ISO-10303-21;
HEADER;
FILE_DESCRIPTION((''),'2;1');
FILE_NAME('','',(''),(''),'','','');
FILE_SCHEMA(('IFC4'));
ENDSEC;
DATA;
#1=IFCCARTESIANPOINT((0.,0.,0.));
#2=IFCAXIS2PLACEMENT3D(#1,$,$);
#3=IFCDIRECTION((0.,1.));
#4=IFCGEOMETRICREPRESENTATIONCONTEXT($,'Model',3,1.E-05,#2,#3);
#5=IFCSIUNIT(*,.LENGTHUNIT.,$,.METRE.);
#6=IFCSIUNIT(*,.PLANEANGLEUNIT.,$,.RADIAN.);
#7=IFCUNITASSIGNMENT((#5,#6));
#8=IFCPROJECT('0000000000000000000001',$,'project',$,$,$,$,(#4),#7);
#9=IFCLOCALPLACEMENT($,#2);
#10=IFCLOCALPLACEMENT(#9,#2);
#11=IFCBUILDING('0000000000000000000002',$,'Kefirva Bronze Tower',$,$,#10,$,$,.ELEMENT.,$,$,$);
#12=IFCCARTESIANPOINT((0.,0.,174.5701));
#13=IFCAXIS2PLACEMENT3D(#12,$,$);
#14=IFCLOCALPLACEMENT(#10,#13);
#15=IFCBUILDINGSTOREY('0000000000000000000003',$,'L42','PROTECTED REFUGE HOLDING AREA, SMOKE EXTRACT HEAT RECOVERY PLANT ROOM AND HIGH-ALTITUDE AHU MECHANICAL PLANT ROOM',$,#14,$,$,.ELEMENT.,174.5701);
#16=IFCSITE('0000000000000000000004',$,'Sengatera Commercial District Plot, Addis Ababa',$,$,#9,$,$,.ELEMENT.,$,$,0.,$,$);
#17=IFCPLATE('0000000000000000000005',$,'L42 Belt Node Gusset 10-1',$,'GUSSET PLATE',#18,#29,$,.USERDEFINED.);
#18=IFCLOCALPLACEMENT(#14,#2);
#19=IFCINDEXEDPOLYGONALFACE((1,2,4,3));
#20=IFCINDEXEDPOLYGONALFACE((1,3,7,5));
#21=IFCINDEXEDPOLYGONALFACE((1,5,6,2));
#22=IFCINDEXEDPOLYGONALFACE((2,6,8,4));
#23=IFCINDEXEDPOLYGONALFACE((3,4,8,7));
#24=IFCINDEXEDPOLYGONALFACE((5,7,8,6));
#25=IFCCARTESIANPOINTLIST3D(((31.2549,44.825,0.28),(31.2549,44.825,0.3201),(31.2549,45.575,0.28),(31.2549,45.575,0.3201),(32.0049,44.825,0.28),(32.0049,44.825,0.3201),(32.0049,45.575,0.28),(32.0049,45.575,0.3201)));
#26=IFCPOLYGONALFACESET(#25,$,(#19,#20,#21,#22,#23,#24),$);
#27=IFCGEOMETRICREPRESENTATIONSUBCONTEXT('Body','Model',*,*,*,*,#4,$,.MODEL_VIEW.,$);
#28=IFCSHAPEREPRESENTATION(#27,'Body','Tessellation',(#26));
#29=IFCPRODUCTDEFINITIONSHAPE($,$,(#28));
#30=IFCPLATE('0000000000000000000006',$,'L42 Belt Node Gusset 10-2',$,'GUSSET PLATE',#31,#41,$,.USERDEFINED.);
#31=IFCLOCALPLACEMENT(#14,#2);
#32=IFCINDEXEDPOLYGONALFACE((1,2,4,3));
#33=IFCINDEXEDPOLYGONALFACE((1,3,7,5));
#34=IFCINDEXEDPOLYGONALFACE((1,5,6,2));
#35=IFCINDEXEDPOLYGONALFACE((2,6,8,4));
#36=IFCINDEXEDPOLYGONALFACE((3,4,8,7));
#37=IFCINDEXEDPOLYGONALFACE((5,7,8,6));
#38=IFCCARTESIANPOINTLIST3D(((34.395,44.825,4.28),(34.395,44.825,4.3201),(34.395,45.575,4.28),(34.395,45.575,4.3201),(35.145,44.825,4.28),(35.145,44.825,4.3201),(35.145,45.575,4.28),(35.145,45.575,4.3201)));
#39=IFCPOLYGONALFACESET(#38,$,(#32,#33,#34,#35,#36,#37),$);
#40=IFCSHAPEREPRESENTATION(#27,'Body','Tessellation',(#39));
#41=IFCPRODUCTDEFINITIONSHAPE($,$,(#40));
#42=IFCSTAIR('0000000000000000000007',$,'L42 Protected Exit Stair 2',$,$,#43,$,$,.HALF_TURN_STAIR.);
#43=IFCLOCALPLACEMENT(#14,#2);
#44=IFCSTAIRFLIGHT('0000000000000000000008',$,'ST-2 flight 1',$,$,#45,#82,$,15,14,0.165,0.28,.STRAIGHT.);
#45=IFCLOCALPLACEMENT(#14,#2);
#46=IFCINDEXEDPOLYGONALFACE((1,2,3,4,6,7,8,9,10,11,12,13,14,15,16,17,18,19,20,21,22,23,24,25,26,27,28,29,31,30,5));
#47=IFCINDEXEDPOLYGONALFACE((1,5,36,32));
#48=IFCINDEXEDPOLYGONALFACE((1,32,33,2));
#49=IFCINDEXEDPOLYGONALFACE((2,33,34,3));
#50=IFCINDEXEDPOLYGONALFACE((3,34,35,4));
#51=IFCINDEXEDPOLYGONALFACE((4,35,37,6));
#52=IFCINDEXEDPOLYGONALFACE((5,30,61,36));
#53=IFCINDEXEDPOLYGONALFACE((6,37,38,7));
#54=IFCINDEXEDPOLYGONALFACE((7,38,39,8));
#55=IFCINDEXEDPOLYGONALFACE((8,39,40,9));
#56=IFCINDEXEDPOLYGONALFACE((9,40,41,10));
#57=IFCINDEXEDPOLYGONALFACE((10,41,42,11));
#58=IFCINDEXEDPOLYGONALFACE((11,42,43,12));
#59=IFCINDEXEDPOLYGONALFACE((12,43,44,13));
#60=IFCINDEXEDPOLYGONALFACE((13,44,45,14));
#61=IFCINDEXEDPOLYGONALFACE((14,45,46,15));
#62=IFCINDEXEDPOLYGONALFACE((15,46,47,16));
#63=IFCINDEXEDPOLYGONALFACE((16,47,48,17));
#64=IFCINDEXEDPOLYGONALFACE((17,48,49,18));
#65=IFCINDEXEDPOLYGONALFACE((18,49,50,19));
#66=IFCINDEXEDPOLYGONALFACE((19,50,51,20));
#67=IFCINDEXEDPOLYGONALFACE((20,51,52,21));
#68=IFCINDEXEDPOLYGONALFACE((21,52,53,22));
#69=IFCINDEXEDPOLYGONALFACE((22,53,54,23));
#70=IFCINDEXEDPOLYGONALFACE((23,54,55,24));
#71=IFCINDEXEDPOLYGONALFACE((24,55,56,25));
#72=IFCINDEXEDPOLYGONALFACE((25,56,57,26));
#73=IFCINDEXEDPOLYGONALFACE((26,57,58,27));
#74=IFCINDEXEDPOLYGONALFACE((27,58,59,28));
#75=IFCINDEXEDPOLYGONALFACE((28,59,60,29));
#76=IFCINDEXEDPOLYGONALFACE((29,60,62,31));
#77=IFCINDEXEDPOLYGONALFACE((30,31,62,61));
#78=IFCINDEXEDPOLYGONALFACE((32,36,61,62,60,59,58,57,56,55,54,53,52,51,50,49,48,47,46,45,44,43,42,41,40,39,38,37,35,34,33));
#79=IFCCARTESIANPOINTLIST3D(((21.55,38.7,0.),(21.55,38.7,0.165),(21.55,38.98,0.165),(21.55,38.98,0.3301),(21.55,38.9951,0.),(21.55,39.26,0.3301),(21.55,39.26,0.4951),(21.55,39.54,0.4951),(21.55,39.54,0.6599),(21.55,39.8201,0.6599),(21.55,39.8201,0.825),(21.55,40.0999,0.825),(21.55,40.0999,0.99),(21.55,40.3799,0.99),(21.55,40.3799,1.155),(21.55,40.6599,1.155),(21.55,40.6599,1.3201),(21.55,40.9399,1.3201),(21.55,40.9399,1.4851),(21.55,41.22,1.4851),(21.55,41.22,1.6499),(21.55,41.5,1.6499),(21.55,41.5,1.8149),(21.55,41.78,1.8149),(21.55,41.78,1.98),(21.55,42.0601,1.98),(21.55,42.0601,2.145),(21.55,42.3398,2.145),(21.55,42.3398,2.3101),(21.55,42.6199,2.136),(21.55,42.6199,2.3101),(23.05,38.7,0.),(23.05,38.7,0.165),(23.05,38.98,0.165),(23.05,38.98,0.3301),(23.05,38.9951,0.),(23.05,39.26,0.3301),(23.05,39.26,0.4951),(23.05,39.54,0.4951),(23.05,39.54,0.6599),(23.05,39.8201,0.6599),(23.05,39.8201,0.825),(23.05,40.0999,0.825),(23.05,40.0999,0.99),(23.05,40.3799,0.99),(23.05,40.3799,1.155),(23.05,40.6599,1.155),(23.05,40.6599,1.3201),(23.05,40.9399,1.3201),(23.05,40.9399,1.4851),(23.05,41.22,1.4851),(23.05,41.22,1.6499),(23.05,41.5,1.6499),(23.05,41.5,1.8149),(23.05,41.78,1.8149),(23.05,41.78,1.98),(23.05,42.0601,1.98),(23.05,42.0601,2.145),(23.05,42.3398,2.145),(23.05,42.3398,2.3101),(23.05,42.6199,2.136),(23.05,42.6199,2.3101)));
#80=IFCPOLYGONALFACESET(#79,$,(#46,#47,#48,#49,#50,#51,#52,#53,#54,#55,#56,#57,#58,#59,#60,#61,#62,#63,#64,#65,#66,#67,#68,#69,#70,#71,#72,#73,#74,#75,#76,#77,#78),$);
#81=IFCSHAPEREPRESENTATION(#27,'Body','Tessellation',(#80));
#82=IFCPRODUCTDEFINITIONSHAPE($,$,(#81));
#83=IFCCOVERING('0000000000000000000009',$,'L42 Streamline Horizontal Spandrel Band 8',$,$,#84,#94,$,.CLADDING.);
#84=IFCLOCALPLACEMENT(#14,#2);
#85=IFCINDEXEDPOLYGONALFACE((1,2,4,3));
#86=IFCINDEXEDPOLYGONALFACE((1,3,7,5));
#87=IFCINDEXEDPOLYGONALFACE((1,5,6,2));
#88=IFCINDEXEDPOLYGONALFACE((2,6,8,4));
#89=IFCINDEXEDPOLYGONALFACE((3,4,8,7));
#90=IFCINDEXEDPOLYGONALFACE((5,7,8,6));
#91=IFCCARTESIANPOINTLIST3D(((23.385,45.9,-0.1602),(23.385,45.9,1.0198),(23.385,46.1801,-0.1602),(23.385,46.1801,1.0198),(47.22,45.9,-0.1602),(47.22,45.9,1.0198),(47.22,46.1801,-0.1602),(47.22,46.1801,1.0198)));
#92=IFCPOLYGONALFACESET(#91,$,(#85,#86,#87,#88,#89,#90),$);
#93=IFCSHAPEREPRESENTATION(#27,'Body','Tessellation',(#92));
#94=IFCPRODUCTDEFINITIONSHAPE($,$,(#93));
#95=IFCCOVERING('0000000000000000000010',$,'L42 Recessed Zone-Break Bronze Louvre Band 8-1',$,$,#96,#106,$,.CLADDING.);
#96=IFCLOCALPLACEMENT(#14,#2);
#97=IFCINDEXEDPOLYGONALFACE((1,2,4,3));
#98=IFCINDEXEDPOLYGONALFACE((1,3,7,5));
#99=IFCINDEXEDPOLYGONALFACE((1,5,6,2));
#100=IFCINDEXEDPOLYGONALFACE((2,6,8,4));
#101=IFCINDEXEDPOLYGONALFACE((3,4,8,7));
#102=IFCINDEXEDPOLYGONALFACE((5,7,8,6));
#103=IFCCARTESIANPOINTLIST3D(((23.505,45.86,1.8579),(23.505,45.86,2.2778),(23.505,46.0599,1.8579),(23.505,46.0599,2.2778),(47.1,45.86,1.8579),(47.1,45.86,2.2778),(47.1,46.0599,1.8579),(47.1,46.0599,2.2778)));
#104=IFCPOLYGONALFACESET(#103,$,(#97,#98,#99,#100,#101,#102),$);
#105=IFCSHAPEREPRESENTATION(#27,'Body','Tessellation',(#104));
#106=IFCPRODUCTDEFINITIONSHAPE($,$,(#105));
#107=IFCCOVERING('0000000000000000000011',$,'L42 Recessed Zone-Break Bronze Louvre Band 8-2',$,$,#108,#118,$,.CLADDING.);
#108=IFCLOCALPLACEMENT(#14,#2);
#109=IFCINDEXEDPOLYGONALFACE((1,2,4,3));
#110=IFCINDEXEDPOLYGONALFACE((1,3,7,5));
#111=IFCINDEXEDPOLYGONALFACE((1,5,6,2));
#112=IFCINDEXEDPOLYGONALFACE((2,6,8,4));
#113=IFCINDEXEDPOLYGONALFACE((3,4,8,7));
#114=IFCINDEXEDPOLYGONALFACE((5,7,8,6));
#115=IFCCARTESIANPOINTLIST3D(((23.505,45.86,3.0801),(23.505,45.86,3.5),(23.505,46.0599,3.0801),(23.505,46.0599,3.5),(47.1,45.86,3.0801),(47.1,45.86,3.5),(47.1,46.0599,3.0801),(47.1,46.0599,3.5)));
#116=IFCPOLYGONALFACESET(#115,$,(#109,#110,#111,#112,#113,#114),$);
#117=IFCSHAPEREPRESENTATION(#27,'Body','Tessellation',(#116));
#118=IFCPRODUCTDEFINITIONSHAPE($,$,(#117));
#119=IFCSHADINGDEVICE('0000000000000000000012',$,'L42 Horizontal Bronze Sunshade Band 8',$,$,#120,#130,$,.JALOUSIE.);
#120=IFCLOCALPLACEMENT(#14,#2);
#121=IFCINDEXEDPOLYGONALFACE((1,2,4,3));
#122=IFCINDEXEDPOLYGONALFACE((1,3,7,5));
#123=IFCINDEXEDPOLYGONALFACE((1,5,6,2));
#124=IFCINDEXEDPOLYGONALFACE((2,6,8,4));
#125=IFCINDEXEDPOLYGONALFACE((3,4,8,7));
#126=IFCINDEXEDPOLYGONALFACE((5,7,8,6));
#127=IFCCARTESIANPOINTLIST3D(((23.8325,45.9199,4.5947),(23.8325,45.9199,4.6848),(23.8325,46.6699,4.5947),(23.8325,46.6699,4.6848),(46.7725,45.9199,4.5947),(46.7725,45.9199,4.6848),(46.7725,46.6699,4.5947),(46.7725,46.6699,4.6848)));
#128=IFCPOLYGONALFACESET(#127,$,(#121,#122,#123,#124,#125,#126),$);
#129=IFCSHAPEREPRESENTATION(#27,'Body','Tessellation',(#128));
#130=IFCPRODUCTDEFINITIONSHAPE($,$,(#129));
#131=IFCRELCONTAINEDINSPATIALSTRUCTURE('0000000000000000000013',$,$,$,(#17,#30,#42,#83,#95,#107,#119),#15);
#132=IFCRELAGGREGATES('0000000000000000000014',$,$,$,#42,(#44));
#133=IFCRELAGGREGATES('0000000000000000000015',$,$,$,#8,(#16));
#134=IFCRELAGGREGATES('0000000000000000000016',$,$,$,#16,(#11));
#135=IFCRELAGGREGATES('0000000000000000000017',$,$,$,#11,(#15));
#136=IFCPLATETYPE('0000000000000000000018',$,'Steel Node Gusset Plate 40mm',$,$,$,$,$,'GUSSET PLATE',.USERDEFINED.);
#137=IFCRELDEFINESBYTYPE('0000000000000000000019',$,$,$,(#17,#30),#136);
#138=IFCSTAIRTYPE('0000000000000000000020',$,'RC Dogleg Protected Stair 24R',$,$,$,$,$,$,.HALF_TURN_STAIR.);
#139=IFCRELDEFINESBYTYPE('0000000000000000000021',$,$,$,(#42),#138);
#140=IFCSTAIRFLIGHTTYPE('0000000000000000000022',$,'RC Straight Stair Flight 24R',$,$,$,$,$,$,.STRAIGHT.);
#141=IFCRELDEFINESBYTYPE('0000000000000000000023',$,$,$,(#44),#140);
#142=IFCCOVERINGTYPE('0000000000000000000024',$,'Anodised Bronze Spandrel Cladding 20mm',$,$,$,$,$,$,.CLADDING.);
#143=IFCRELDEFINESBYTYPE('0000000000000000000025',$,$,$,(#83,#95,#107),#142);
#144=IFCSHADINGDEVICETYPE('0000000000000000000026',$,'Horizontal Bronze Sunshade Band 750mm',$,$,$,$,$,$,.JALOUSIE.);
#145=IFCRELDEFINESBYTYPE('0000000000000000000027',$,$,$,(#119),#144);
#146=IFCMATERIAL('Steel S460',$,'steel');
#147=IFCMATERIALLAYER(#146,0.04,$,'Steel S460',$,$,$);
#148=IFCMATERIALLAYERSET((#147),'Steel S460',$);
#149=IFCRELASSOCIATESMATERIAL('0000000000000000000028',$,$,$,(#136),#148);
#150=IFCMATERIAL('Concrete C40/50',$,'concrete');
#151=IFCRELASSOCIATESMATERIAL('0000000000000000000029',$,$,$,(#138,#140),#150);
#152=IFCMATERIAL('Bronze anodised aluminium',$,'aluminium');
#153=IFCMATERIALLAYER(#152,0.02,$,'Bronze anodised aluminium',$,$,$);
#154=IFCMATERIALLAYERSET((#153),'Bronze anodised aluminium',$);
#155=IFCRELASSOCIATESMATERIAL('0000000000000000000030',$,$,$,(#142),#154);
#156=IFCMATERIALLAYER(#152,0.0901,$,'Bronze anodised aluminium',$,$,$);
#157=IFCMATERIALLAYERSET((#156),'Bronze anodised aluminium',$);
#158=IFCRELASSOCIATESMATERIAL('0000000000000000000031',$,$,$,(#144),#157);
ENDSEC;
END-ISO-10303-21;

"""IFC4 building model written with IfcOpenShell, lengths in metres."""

from ifc_helpers import new_model, si_unit, direction, frame, origin, origin_2d, place, context, subcontext, project, spatial, polyline, rectangle, outline, extrude, material, layer, layer_set, type_object, element, aggregate, save


model = new_model("IFC4")

# Units and contexts
model_context = context("Model", 3, precision=1e-05, world=origin(), true_north=direction((0.0, 1.0)))
body_context = subcontext(model_context, "Body", "Model", "MODEL_VIEW")
ifc_project = project(units=[si_unit("LENGTHUNIT", "METRE"), si_unit("PLANEANGLEUNIT", "RADIAN")], contexts=[model_context])

# Site, building, storey
site_placement = place(None, origin())
site = spatial("IfcSite", under=ifc_project, at=site_placement, Name="Sengatera Commercial District Plot, Addis Ababa", CompositionType="ELEMENT", RefElevation=0.0)
building_placement = place(site_placement, origin())
building = spatial("IfcBuilding", under=site, at=building_placement, Name="Kefirva Bronze Tower", CompositionType="ELEMENT")
storey_placement = place(building_placement, frame((0.0, 0.0, 174.5701)))
storey = spatial("IfcBuildingStorey", under=building, at=storey_placement, Name="L42", Description="PROTECTED REFUGE HOLDING AREA, SMOKE EXTRACT HEAT RECOVERY PLANT ROOM AND HIGH-ALTITUDE AHU MECHANICAL PLANT ROOM", CompositionType="ELEMENT", Elevation=174.5701)

# Shared definitions
ifc_material_1 = material(Name="Bronze anodised aluminium", Category="aluminium")

# Shared definitions
ifc_material_2 = material(Name="Steel S460", Category="steel")

# Plates
ifc_layer_1 = layer(ifc_material_2, 0.04, Name="Steel S460")
ifc_layer_set_1 = layer_set([ifc_layer_1], Name="Steel S460")
plate_type_1 = type_object("IfcPlateType", Name="Steel Node Gusset Plate 40mm", ElementType="GUSSET PLATE", PredefinedType="USERDEFINED", material=ifc_layer_set_1)
for number, where, z_axis, x_axis, name in (
    (1, (31.6299, 45.2, 0.28), (0.0, 0.0, 1.0), (1.0, 0.0, 0.0), "L42 Belt Node Gusset 10-1"),
    (2, (34.77, 45.2, 4.28), (0.0, 0.0, 1.0), (1.0, 0.0, 0.0), "L42 Belt Node Gusset 10-2"),
):
    element("IfcPlate", number, at=place(storey_placement, frame(where, z_axis=z_axis, x_axis=x_axis)), inside=storey, type_object=plate_type_1, Name=name, ObjectType="GUSSET PLATE", PredefinedType="USERDEFINED", context=body_context, shape_type="SweptSolid", body=[
        extrude(rectangle(XDim=0.75, YDim=0.75, at=origin_2d()), origin(), (0.0, 0.0, 1.0), 0.04),
    ])

# Stair, stair flight
ifc_material_3 = material(Name="Concrete C40/50", Category="concrete")
stair_type = type_object("IfcStairType", Name="RC Dogleg Protected Stair 24R", PredefinedType="HALF_TURN_STAIR", material=ifc_material_3)
stair_placement = place(storey_placement, origin())
stair = element("IfcStair", 3, at=stair_placement, inside=storey, type_object=stair_type, Name="L42 Protected Exit Stair 2", PredefinedType="HALF_TURN_STAIR")
stair_flight_type = type_object("IfcStairFlightType", Name="RC Straight Stair Flight 24R", PredefinedType="STRAIGHT", material=ifc_material_3)
stair_flight_placement = place(storey_placement, frame((22.3, 38.7, 0.0), z_axis=(0.0, 0.0, 1.0), x_axis=(0.0, 1.0, 0.0)))
stair_flight = element("IfcStairFlight", 4, at=stair_flight_placement, type_object=stair_flight_type, Name="ST-2 flight 1", NumberOfRisers=15, NumberOfTreads=14, PredefinedType="STRAIGHT", RiserHeight=0.165, TreadLength=0.28, context=body_context, shape_type="SweptSolid", body=[
    extrude(outline(polyline([(0.0, 0.0), (0.0, 0.165), (0.28, 0.165), (0.28, 0.3301), (0.5601, 0.3301), (0.5601, 0.4951), (0.8401, 0.4951), (0.8401, 0.6599), (1.1201, 0.6599), (1.1201, 0.825), (1.3999, 0.825), (1.3999, 0.99), (1.6799, 0.99), (1.6799, 1.155), (1.96, 1.155), (1.96, 1.3201), (2.24, 1.3201), (2.24, 1.4851), (2.52, 1.4851), (2.52, 1.6499), (2.8, 1.6499), (2.8, 1.8149), (3.0801, 1.8149), (3.0801, 1.98), (3.3601, 1.98), (3.3601, 2.145), (3.6399, 2.145), (3.6399, 2.3101), (3.9199, 2.3101), (3.9199, 2.4751), (3.9199, 2.136), (0.2952, 0.0), (0.0, 0.0)])), frame((0.0, 0.75, 0.0), z_axis=(0.0, -1.0, 0.0), x_axis=(1.0, 0.0, 0.0)), (0.0, 0.0, 1.0), 1.5),
])
aggregate(stair, [stair_flight])

# Coverings
ifc_layer_2 = layer(ifc_material_1, 0.02, Name="Bronze anodised aluminium")
ifc_layer_set_2 = layer_set([ifc_layer_2], Name="Bronze anodised aluminium")
covering_type_1 = type_object("IfcCoveringType", Name="Anodised Bronze Spandrel Cladding 20mm", PredefinedType="CLADDING", material=ifc_layer_set_2)
covering_1_placement = place(storey_placement, frame((35.3025, 46.04, -0.1602), z_axis=(0.0, 0.0, 1.0), x_axis=(-1.0, 0.0, 0.0)))
element("IfcCovering", 5, at=covering_1_placement, inside=storey, type_object=covering_type_1, Name="L42 Streamline Horizontal Spandrel Band 8", PredefinedType="CLADDING", context=body_context, shape_type="SweptSolid", body=[
    extrude(rectangle(XDim=23.835, YDim=0.28, at=origin_2d()), origin(), (0.0, 0.0, 1.0), 1.1799),
])
for number, where, z_axis, x_axis, name in (
    (6, (35.3025, 45.96, 1.8579), (0.0, 0.0, 1.0), (-1.0, 0.0, 0.0), "L42 Recessed Zone-Break Bronze Louvre Band 8-1"),
    (7, (35.3025, 45.96, 3.0801), (0.0, 0.0, 1.0), (-1.0, 0.0, 0.0), "L42 Recessed Zone-Break Bronze Louvre Band 8-2"),
):
    element("IfcCovering", number, at=place(storey_placement, frame(where, z_axis=z_axis, x_axis=x_axis)), inside=storey, type_object=covering_type_1, Name=name, PredefinedType="CLADDING", context=body_context, shape_type="SweptSolid", body=[
        extrude(rectangle(XDim=23.595, YDim=0.2, at=origin_2d()), origin(), (0.0, 0.0, 1.0), 0.4199),
    ])

# Shading device
ifc_layer_3 = layer(ifc_material_1, 0.0901, Name="Bronze anodised aluminium")
ifc_layer_set_3 = layer_set([ifc_layer_3], Name="Bronze anodised aluminium")
shading_device_type_1 = type_object("IfcShadingDeviceType", Name="Horizontal Bronze Sunshade Band 750mm", PredefinedType="JALOUSIE", material=ifc_layer_set_3)
shading_device_1_placement = place(storey_placement, frame((35.3025, 46.2949, 4.5947), z_axis=(0.0, 0.0, 1.0), x_axis=(-1.0, 0.0, 0.0)))
element("IfcShadingDevice", 8, at=shading_device_1_placement, inside=storey, type_object=shading_device_type_1, Name="L42 Horizontal Bronze Sunshade Band 8", PredefinedType="JALOUSIE", context=body_context, shape_type="SweptSolid", body=[
    extrude(rectangle(XDim=22.9399, YDim=0.75, at=origin_2d()), origin(), (0.0, 0.0, 1.0), 0.0901),
])

save(model, "model.ifc")
